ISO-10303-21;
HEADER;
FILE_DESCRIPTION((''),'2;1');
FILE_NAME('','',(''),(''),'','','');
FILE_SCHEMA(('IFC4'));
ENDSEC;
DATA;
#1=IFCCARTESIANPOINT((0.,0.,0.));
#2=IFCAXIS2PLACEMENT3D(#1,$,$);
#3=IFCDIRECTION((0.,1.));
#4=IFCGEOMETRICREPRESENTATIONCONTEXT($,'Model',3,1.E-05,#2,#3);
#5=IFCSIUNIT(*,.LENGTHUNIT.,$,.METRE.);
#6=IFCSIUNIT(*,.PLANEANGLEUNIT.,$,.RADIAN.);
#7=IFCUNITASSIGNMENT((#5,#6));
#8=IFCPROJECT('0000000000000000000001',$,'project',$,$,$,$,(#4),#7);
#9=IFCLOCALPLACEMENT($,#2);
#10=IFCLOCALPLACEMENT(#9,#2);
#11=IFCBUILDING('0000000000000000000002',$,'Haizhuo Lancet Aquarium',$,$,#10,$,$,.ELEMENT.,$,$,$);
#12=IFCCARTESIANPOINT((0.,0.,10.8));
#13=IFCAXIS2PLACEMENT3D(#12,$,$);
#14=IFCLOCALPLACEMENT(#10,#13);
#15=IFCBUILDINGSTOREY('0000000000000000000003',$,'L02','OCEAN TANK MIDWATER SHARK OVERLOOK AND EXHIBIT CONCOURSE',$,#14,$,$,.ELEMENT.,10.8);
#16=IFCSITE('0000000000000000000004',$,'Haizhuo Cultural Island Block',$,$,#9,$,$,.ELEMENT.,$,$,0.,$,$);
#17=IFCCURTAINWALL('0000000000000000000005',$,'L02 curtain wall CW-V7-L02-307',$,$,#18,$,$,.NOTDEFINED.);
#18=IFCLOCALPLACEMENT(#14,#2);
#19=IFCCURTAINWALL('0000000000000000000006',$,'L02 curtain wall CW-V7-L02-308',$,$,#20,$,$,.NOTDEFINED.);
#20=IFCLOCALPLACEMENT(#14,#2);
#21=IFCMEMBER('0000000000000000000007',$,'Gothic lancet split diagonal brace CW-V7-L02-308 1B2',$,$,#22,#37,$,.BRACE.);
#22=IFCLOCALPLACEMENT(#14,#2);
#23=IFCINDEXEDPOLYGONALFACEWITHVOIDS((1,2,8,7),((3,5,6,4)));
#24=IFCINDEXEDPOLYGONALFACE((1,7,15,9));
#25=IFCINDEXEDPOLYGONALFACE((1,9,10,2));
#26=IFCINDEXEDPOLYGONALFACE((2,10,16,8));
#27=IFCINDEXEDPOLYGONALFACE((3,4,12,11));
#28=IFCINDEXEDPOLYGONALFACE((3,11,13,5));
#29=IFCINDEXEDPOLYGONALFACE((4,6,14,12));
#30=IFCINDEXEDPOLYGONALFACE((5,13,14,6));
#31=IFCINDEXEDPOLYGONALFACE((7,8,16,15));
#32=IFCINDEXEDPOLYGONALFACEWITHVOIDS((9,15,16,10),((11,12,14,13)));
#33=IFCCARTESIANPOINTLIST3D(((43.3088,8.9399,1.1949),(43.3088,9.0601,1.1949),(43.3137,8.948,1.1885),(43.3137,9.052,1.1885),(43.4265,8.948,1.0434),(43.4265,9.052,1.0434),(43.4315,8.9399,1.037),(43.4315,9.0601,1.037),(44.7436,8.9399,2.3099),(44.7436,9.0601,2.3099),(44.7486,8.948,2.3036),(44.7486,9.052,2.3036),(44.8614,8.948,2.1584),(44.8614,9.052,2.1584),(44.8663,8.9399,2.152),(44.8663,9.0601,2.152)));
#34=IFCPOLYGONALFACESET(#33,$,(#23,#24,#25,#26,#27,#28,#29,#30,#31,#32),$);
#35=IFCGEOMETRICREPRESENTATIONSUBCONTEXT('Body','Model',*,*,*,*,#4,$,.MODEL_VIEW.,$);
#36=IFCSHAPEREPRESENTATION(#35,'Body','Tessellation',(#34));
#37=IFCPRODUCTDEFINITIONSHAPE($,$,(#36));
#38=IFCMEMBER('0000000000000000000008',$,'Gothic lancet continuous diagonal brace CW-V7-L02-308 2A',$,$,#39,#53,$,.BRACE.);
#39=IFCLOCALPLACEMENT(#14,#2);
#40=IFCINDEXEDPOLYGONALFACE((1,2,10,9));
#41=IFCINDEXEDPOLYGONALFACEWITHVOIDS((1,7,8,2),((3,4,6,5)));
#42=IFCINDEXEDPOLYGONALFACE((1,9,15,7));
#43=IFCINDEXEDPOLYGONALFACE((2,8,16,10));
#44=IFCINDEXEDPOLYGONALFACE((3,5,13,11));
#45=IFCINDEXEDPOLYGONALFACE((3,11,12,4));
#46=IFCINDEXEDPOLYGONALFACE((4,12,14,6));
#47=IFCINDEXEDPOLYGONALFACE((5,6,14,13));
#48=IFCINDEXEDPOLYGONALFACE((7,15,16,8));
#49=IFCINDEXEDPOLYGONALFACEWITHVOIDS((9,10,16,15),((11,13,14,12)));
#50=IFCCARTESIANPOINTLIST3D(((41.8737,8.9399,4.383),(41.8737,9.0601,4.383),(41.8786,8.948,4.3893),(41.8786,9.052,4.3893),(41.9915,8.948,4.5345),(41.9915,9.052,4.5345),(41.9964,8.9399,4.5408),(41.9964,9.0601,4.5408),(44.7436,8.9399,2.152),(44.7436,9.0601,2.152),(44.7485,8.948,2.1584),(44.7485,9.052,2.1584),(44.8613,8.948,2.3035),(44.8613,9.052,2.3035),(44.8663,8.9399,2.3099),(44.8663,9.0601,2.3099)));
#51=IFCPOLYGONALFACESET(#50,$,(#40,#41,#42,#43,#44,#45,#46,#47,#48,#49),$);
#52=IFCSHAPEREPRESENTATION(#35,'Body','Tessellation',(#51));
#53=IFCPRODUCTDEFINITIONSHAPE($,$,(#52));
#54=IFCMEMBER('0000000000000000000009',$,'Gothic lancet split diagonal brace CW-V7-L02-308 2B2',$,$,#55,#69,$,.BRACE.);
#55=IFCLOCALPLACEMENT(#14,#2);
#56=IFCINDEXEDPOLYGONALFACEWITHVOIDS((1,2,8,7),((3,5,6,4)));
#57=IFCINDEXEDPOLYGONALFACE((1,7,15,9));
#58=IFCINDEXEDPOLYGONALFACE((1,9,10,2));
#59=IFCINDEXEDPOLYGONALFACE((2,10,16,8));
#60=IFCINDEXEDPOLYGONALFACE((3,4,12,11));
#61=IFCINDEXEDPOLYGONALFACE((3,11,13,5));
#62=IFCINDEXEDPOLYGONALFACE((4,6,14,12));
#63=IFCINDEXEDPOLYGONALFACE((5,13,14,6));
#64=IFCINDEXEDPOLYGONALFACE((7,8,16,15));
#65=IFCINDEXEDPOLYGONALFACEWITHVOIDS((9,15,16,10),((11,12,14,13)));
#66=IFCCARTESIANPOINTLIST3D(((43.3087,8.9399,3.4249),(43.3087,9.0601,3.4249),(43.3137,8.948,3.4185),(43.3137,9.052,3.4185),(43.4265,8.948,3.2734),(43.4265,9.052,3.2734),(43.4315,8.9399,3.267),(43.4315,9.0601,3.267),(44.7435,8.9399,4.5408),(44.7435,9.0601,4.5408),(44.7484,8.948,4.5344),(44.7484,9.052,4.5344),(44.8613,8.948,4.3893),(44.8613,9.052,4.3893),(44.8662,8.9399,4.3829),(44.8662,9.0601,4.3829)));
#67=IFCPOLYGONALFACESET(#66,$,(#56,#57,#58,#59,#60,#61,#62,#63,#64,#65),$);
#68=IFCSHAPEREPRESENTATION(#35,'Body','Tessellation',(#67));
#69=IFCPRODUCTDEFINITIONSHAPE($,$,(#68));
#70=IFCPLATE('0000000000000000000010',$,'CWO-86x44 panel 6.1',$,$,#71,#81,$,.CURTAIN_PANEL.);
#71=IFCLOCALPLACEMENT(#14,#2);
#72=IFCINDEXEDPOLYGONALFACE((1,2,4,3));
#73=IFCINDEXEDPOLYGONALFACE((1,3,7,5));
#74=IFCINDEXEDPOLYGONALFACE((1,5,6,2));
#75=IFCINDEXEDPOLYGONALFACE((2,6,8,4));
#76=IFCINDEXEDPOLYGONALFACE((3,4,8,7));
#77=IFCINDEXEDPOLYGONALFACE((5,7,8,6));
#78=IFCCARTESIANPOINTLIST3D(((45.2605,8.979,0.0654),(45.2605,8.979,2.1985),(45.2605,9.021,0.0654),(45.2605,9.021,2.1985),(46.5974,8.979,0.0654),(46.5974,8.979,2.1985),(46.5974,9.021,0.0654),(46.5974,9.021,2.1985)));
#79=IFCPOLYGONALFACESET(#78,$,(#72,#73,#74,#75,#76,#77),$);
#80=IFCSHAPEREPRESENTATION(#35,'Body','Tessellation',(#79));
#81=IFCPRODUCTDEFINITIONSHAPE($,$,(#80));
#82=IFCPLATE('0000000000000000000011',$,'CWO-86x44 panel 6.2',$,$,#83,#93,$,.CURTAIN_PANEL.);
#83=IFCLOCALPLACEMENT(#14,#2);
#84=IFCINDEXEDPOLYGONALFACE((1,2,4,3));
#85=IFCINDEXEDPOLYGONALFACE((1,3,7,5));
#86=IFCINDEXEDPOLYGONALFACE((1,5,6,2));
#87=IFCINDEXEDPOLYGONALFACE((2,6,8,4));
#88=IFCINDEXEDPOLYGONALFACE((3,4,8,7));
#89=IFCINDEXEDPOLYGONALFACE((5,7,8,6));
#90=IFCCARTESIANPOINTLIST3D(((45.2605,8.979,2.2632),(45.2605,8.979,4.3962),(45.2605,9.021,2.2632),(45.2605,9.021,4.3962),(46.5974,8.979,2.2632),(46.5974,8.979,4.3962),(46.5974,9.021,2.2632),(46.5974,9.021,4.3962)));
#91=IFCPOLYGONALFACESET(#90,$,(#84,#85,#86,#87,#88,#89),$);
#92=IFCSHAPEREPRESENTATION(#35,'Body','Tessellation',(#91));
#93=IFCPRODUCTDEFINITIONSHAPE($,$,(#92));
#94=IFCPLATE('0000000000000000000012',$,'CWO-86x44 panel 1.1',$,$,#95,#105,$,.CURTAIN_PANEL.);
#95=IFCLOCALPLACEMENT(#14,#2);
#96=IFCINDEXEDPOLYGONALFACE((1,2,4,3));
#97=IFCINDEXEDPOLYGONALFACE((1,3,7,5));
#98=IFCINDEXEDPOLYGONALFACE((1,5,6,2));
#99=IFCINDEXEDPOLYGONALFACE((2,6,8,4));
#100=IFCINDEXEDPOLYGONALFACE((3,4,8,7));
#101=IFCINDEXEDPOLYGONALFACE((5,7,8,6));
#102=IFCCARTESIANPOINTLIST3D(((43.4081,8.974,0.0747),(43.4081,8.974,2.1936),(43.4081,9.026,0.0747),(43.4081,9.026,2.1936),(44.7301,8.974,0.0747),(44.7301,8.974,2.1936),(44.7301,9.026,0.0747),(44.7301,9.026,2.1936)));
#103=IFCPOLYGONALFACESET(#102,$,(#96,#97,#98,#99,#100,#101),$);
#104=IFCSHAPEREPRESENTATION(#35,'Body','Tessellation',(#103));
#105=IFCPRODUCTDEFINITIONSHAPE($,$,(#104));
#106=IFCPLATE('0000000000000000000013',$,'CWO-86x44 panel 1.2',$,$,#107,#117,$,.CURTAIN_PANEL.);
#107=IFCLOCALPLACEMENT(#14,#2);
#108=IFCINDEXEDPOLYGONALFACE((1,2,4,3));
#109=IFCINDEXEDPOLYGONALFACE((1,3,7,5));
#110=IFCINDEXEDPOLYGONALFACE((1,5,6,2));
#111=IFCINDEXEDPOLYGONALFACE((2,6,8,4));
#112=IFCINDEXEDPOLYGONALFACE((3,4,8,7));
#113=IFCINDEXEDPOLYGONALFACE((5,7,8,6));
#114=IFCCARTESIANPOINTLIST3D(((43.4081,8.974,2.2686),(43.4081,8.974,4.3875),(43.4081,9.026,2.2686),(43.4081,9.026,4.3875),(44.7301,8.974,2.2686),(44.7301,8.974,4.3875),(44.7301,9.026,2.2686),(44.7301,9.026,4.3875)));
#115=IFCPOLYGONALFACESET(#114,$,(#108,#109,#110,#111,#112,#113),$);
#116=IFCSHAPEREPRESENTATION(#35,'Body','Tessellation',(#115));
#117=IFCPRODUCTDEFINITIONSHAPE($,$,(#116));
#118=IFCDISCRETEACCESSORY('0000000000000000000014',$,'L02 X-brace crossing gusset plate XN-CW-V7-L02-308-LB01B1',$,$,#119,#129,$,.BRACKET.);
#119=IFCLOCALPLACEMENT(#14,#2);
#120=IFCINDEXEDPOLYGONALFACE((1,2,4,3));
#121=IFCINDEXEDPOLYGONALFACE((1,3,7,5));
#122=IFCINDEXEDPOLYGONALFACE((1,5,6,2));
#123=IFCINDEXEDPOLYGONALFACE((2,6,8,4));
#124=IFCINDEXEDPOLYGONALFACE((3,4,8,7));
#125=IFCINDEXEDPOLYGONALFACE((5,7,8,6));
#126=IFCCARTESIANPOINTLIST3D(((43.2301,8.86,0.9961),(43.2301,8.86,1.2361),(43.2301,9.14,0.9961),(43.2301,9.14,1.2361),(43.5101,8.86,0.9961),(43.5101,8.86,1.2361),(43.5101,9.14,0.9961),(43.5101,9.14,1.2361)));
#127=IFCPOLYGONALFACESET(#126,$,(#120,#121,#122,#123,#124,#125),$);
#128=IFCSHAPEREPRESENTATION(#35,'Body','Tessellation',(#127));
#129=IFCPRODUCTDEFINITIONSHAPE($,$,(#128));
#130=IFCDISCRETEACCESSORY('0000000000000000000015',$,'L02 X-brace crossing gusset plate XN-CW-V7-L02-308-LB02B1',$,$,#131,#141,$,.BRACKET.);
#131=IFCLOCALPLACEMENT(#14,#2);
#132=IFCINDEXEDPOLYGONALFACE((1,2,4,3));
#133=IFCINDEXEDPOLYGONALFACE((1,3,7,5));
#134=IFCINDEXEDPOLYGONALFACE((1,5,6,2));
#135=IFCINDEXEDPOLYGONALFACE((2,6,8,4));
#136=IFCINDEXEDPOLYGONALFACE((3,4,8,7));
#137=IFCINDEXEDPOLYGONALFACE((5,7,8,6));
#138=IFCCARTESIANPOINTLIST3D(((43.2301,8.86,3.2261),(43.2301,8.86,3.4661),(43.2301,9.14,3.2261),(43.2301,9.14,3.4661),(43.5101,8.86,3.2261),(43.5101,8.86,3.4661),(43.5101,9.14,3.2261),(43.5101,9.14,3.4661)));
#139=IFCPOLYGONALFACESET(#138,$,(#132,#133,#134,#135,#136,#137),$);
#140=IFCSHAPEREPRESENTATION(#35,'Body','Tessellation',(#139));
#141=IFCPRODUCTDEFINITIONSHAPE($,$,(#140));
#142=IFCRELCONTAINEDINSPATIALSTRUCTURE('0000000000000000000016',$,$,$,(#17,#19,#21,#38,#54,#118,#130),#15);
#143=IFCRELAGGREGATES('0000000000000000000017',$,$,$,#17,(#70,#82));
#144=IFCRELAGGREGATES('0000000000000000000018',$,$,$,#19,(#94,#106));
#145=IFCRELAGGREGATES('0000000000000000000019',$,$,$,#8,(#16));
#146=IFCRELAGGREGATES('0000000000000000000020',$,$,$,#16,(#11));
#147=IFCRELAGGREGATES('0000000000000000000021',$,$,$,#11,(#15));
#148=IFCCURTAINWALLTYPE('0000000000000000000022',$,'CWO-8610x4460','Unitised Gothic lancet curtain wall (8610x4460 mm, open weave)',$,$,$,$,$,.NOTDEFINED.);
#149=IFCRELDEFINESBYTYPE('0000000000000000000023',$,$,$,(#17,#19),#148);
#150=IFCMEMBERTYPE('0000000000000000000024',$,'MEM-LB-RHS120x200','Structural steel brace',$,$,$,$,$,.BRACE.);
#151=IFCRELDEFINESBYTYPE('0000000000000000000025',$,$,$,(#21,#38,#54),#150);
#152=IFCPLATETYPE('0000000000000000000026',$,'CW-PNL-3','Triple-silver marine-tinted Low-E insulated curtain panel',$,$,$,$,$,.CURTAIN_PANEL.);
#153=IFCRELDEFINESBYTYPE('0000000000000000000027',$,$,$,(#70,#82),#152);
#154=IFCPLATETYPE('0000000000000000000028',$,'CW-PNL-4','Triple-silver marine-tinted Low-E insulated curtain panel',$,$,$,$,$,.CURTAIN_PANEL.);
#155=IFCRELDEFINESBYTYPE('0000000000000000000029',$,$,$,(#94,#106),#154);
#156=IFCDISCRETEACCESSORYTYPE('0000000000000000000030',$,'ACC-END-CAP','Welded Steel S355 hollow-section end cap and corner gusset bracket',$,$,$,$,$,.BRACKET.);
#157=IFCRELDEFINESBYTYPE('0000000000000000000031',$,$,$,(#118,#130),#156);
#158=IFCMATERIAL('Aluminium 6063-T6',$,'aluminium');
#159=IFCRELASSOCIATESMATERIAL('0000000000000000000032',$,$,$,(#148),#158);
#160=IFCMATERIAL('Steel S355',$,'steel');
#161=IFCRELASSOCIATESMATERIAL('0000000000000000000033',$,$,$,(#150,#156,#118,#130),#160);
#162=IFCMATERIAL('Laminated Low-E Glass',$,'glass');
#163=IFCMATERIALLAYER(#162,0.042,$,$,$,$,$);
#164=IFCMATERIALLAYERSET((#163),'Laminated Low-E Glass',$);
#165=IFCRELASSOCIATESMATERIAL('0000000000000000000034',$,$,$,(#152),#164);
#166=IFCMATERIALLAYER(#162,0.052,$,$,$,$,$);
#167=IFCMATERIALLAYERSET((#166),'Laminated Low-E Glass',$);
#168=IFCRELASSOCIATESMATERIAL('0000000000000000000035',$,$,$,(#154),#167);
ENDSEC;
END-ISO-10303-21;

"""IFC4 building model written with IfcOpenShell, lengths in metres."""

from ifc_helpers import new_model, si_unit, direction, frame, origin, origin_2d, place, context, subcontext, project, spatial, rectangle, hollow_rectangle, extrude, material, layer, layer_set, material_profile, profile_set, type_object, element, aggregate, save


model = new_model("IFC4")

# Units and contexts
model_context = context("Model", 3, precision=1e-05, world=origin(), true_north=direction((0.0, 1.0)))
body_context = subcontext(model_context, "Body", "Model", "MODEL_VIEW")
ifc_project = project(units=[si_unit("LENGTHUNIT", "METRE"), si_unit("PLANEANGLEUNIT", "RADIAN")], contexts=[model_context])

# Site, building, storey
site_placement = place(None, origin())
site = spatial("IfcSite", under=ifc_project, at=site_placement, Name="Haizhuo Cultural Island Block", CompositionType="ELEMENT", RefElevation=0.0)
building_placement = place(site_placement, origin())
building = spatial("IfcBuilding", under=site, at=building_placement, Name="Haizhuo Lancet Aquarium", CompositionType="ELEMENT")
storey_placement = place(building_placement, frame((0.0, 0.0, 10.8)))
storey = spatial("IfcBuildingStorey", under=building, at=storey_placement, Name="L02", Description="OCEAN TANK MIDWATER SHARK OVERLOOK AND EXHIBIT CONCOURSE", CompositionType="ELEMENT", Elevation=10.8)

# Shared definitions
ifc_material_1 = material(Name="Steel S355", Category="steel")

# Curtain wall
ifc_material_2 = material(Name="Aluminium 6063-T6", Category="aluminium")
curtain_wall_type = type_object("IfcCurtainWallType", Name="CWO-8610x4460", Description="Unitised Gothic lancet curtain wall (8610x4460 mm, open weave)", PredefinedType="NOTDEFINED", material=ifc_material_2)
curtain_wall_1_placement = place(storey_placement, origin())
curtain_wall_1 = element("IfcCurtainWall", 1, at=curtain_wall_1_placement, inside=storey, type_object=curtain_wall_type, Name="L02 curtain wall CW-V7-L02-307", PredefinedType="NOTDEFINED")

# Curtain wall
curtain_wall_2_placement = place(storey_placement, origin())
curtain_wall_2 = element("IfcCurtainWall", 2, at=curtain_wall_2_placement, inside=storey, type_object=curtain_wall_type, Name="L02 curtain wall CW-V7-L02-308", PredefinedType="NOTDEFINED")

# Members
ifc_material_profile_1 = material_profile(ifc_material_1, hollow_rectangle(XDim=0.1201, YDim=0.2, WallThickness=0.0081, at=origin_2d()), Name="RHS 120x200x8")
ifc_profile_set_1 = profile_set([ifc_material_profile_1], Name="Steel S355")
member_type_1 = type_object("IfcMemberType", Name="MEM-LB-RHS120x200", Description="Structural steel brace", PredefinedType="BRACE", material=ifc_profile_set_1)
member_1_placement = place(storey_placement, frame((43.3701, 9.0, 1.116), z_axis=(0.789613, 0.0, 0.613606), x_axis=(0.0, 1.0, 0.0)))
element("IfcMember", 3, at=member_1_placement, inside=storey, type_object=member_type_1, Name="Gothic lancet split diagonal brace CW-V7-L02-308 1B2", PredefinedType="BRACE", context=body_context, shape_type="SweptSolid", body=[
    extrude(hollow_rectangle(XDim=0.1201, YDim=0.2, WallThickness=0.0081, at=origin_2d()), origin(), (0.0, 0.0, 1.0), 1.8171),
])
member_2_placement = place(storey_placement, frame((44.8049, 9.0, 2.231), z_axis=(-0.789508, 0.0, 0.613741), x_axis=(0.0, -1.0, 0.0)))
element("IfcMember", 4, at=member_2_placement, inside=storey, type_object=member_type_1, Name="Gothic lancet continuous diagonal brace CW-V7-L02-308 2A", PredefinedType="BRACE", context=body_context, shape_type="SweptSolid", body=[
    extrude(hollow_rectangle(XDim=0.1201, YDim=0.2, WallThickness=0.0081, at=origin_2d()), origin(), (0.0, 0.0, 1.0), 3.635),
])
member_3_placement = place(storey_placement, frame((43.3701, 9.0, 3.3459), z_axis=(0.789352, 0.0, 0.613941), x_axis=(0.0, 1.0, 0.0)))
element("IfcMember", 5, at=member_3_placement, inside=storey, type_object=member_type_1, Name="Gothic lancet split diagonal brace CW-V7-L02-308 2B2", PredefinedType="BRACE", context=body_context, shape_type="SweptSolid", body=[
    extrude(hollow_rectangle(XDim=0.1201, YDim=0.2, WallThickness=0.0081, at=origin_2d()), origin(), (0.0, 0.0, 1.0), 1.8176),
])

# Plates
ifc_material_3 = material(Name="Laminated Low-E Glass", Category="glass")
ifc_layer_1 = layer(ifc_material_3, 0.042)
ifc_layer_set_1 = layer_set([ifc_layer_1], Name="Laminated Low-E Glass")
plate_type_1 = type_object("IfcPlateType", Name="CW-PNL-3", Description="Triple-silver marine-tinted Low-E insulated curtain panel", PredefinedType="CURTAIN_PANEL", material=ifc_layer_set_1)
plate_1_placement = place(storey_placement, frame((45.929, 9.0, 0.0654), z_axis=(0.0, 0.0, 1.0), x_axis=(-1.0, 0.0, 0.0)))
plate_1 = element("IfcPlate", 6, at=plate_1_placement, type_object=plate_type_1, Name="CWO-86x44 panel 6.1", PredefinedType="CURTAIN_PANEL", context=body_context, shape_type="SweptSolid", body=[
    extrude(rectangle(XDim=1.3369, YDim=0.042, at=origin_2d()), origin(), (0.0, 0.0, 1.0), 2.1331),
])
plate_2_placement = place(storey_placement, frame((45.929, 9.0, 2.2632), z_axis=(0.0, 0.0, 1.0), x_axis=(-1.0, 0.0, 0.0)))
plate_2 = element("IfcPlate", 7, at=plate_2_placement, type_object=plate_type_1, Name="CWO-86x44 panel 6.2", PredefinedType="CURTAIN_PANEL", context=body_context, shape_type="SweptSolid", body=[
    extrude(rectangle(XDim=1.3369, YDim=0.042, at=origin_2d()), origin(), (0.0, 0.0, 1.0), 2.1331),
])
aggregate(curtain_wall_1, [plate_1, plate_2])
ifc_layer_2 = layer(ifc_material_3, 0.052)
ifc_layer_set_2 = layer_set([ifc_layer_2], Name="Laminated Low-E Glass")
plate_type_2 = type_object("IfcPlateType", Name="CW-PNL-4", Description="Triple-silver marine-tinted Low-E insulated curtain panel", PredefinedType="CURTAIN_PANEL", material=ifc_layer_set_2)
plate_3_placement = place(storey_placement, frame((44.0691, 9.0, 0.0747), z_axis=(0.0, 0.0, 1.0), x_axis=(-1.0, 0.0, 0.0)))
plate_3 = element("IfcPlate", 8, at=plate_3_placement, type_object=plate_type_2, Name="CWO-86x44 panel 1.1", PredefinedType="CURTAIN_PANEL", context=body_context, shape_type="SweptSolid", body=[
    extrude(rectangle(XDim=1.322, YDim=0.052, at=origin_2d()), origin(), (0.0, 0.0, 1.0), 2.1189),
])
plate_4_placement = place(storey_placement, frame((44.0691, 9.0, 2.2686), z_axis=(0.0, 0.0, 1.0), x_axis=(-1.0, 0.0, 0.0)))
plate_4 = element("IfcPlate", 9, at=plate_4_placement, type_object=plate_type_2, Name="CWO-86x44 panel 1.2", PredefinedType="CURTAIN_PANEL", context=body_context, shape_type="SweptSolid", body=[
    extrude(rectangle(XDim=1.322, YDim=0.052, at=origin_2d()), origin(), (0.0, 0.0, 1.0), 2.1189),
])
aggregate(curtain_wall_2, [plate_3, plate_4])

# Discrete accessories
discrete_accessory_type = type_object("IfcDiscreteAccessoryType", Name="ACC-END-CAP", Description="Welded Steel S355 hollow-section end cap and corner gusset bracket", PredefinedType="BRACKET", material=ifc_material_1)
for number, where, z_axis, x_axis, name in (
    (10, (43.3701, 9.0, 0.9961), (0.0, 0.0, 1.0), (1.0, 0.0, 0.0), "L02 X-brace crossing gusset plate XN-CW-V7-L02-308-LB01B1"),
    (11, (43.3701, 9.0, 3.2261), (0.0, 0.0, 1.0), (1.0, 0.0, 0.0), "L02 X-brace crossing gusset plate XN-CW-V7-L02-308-LB02B1"),
):
    element("IfcDiscreteAccessory", number, at=place(storey_placement, frame(where, z_axis=z_axis, x_axis=x_axis)), inside=storey, type_object=discrete_accessory_type, material=ifc_material_1, Name=name, PredefinedType="BRACKET", context=body_context, shape_type="SweptSolid", body=[
        extrude(rectangle(XDim=0.28, YDim=0.28, at=origin_2d()), origin(), (0.0, 0.0, 1.0), 0.24),
    ])

save(model, "model.ifc")
